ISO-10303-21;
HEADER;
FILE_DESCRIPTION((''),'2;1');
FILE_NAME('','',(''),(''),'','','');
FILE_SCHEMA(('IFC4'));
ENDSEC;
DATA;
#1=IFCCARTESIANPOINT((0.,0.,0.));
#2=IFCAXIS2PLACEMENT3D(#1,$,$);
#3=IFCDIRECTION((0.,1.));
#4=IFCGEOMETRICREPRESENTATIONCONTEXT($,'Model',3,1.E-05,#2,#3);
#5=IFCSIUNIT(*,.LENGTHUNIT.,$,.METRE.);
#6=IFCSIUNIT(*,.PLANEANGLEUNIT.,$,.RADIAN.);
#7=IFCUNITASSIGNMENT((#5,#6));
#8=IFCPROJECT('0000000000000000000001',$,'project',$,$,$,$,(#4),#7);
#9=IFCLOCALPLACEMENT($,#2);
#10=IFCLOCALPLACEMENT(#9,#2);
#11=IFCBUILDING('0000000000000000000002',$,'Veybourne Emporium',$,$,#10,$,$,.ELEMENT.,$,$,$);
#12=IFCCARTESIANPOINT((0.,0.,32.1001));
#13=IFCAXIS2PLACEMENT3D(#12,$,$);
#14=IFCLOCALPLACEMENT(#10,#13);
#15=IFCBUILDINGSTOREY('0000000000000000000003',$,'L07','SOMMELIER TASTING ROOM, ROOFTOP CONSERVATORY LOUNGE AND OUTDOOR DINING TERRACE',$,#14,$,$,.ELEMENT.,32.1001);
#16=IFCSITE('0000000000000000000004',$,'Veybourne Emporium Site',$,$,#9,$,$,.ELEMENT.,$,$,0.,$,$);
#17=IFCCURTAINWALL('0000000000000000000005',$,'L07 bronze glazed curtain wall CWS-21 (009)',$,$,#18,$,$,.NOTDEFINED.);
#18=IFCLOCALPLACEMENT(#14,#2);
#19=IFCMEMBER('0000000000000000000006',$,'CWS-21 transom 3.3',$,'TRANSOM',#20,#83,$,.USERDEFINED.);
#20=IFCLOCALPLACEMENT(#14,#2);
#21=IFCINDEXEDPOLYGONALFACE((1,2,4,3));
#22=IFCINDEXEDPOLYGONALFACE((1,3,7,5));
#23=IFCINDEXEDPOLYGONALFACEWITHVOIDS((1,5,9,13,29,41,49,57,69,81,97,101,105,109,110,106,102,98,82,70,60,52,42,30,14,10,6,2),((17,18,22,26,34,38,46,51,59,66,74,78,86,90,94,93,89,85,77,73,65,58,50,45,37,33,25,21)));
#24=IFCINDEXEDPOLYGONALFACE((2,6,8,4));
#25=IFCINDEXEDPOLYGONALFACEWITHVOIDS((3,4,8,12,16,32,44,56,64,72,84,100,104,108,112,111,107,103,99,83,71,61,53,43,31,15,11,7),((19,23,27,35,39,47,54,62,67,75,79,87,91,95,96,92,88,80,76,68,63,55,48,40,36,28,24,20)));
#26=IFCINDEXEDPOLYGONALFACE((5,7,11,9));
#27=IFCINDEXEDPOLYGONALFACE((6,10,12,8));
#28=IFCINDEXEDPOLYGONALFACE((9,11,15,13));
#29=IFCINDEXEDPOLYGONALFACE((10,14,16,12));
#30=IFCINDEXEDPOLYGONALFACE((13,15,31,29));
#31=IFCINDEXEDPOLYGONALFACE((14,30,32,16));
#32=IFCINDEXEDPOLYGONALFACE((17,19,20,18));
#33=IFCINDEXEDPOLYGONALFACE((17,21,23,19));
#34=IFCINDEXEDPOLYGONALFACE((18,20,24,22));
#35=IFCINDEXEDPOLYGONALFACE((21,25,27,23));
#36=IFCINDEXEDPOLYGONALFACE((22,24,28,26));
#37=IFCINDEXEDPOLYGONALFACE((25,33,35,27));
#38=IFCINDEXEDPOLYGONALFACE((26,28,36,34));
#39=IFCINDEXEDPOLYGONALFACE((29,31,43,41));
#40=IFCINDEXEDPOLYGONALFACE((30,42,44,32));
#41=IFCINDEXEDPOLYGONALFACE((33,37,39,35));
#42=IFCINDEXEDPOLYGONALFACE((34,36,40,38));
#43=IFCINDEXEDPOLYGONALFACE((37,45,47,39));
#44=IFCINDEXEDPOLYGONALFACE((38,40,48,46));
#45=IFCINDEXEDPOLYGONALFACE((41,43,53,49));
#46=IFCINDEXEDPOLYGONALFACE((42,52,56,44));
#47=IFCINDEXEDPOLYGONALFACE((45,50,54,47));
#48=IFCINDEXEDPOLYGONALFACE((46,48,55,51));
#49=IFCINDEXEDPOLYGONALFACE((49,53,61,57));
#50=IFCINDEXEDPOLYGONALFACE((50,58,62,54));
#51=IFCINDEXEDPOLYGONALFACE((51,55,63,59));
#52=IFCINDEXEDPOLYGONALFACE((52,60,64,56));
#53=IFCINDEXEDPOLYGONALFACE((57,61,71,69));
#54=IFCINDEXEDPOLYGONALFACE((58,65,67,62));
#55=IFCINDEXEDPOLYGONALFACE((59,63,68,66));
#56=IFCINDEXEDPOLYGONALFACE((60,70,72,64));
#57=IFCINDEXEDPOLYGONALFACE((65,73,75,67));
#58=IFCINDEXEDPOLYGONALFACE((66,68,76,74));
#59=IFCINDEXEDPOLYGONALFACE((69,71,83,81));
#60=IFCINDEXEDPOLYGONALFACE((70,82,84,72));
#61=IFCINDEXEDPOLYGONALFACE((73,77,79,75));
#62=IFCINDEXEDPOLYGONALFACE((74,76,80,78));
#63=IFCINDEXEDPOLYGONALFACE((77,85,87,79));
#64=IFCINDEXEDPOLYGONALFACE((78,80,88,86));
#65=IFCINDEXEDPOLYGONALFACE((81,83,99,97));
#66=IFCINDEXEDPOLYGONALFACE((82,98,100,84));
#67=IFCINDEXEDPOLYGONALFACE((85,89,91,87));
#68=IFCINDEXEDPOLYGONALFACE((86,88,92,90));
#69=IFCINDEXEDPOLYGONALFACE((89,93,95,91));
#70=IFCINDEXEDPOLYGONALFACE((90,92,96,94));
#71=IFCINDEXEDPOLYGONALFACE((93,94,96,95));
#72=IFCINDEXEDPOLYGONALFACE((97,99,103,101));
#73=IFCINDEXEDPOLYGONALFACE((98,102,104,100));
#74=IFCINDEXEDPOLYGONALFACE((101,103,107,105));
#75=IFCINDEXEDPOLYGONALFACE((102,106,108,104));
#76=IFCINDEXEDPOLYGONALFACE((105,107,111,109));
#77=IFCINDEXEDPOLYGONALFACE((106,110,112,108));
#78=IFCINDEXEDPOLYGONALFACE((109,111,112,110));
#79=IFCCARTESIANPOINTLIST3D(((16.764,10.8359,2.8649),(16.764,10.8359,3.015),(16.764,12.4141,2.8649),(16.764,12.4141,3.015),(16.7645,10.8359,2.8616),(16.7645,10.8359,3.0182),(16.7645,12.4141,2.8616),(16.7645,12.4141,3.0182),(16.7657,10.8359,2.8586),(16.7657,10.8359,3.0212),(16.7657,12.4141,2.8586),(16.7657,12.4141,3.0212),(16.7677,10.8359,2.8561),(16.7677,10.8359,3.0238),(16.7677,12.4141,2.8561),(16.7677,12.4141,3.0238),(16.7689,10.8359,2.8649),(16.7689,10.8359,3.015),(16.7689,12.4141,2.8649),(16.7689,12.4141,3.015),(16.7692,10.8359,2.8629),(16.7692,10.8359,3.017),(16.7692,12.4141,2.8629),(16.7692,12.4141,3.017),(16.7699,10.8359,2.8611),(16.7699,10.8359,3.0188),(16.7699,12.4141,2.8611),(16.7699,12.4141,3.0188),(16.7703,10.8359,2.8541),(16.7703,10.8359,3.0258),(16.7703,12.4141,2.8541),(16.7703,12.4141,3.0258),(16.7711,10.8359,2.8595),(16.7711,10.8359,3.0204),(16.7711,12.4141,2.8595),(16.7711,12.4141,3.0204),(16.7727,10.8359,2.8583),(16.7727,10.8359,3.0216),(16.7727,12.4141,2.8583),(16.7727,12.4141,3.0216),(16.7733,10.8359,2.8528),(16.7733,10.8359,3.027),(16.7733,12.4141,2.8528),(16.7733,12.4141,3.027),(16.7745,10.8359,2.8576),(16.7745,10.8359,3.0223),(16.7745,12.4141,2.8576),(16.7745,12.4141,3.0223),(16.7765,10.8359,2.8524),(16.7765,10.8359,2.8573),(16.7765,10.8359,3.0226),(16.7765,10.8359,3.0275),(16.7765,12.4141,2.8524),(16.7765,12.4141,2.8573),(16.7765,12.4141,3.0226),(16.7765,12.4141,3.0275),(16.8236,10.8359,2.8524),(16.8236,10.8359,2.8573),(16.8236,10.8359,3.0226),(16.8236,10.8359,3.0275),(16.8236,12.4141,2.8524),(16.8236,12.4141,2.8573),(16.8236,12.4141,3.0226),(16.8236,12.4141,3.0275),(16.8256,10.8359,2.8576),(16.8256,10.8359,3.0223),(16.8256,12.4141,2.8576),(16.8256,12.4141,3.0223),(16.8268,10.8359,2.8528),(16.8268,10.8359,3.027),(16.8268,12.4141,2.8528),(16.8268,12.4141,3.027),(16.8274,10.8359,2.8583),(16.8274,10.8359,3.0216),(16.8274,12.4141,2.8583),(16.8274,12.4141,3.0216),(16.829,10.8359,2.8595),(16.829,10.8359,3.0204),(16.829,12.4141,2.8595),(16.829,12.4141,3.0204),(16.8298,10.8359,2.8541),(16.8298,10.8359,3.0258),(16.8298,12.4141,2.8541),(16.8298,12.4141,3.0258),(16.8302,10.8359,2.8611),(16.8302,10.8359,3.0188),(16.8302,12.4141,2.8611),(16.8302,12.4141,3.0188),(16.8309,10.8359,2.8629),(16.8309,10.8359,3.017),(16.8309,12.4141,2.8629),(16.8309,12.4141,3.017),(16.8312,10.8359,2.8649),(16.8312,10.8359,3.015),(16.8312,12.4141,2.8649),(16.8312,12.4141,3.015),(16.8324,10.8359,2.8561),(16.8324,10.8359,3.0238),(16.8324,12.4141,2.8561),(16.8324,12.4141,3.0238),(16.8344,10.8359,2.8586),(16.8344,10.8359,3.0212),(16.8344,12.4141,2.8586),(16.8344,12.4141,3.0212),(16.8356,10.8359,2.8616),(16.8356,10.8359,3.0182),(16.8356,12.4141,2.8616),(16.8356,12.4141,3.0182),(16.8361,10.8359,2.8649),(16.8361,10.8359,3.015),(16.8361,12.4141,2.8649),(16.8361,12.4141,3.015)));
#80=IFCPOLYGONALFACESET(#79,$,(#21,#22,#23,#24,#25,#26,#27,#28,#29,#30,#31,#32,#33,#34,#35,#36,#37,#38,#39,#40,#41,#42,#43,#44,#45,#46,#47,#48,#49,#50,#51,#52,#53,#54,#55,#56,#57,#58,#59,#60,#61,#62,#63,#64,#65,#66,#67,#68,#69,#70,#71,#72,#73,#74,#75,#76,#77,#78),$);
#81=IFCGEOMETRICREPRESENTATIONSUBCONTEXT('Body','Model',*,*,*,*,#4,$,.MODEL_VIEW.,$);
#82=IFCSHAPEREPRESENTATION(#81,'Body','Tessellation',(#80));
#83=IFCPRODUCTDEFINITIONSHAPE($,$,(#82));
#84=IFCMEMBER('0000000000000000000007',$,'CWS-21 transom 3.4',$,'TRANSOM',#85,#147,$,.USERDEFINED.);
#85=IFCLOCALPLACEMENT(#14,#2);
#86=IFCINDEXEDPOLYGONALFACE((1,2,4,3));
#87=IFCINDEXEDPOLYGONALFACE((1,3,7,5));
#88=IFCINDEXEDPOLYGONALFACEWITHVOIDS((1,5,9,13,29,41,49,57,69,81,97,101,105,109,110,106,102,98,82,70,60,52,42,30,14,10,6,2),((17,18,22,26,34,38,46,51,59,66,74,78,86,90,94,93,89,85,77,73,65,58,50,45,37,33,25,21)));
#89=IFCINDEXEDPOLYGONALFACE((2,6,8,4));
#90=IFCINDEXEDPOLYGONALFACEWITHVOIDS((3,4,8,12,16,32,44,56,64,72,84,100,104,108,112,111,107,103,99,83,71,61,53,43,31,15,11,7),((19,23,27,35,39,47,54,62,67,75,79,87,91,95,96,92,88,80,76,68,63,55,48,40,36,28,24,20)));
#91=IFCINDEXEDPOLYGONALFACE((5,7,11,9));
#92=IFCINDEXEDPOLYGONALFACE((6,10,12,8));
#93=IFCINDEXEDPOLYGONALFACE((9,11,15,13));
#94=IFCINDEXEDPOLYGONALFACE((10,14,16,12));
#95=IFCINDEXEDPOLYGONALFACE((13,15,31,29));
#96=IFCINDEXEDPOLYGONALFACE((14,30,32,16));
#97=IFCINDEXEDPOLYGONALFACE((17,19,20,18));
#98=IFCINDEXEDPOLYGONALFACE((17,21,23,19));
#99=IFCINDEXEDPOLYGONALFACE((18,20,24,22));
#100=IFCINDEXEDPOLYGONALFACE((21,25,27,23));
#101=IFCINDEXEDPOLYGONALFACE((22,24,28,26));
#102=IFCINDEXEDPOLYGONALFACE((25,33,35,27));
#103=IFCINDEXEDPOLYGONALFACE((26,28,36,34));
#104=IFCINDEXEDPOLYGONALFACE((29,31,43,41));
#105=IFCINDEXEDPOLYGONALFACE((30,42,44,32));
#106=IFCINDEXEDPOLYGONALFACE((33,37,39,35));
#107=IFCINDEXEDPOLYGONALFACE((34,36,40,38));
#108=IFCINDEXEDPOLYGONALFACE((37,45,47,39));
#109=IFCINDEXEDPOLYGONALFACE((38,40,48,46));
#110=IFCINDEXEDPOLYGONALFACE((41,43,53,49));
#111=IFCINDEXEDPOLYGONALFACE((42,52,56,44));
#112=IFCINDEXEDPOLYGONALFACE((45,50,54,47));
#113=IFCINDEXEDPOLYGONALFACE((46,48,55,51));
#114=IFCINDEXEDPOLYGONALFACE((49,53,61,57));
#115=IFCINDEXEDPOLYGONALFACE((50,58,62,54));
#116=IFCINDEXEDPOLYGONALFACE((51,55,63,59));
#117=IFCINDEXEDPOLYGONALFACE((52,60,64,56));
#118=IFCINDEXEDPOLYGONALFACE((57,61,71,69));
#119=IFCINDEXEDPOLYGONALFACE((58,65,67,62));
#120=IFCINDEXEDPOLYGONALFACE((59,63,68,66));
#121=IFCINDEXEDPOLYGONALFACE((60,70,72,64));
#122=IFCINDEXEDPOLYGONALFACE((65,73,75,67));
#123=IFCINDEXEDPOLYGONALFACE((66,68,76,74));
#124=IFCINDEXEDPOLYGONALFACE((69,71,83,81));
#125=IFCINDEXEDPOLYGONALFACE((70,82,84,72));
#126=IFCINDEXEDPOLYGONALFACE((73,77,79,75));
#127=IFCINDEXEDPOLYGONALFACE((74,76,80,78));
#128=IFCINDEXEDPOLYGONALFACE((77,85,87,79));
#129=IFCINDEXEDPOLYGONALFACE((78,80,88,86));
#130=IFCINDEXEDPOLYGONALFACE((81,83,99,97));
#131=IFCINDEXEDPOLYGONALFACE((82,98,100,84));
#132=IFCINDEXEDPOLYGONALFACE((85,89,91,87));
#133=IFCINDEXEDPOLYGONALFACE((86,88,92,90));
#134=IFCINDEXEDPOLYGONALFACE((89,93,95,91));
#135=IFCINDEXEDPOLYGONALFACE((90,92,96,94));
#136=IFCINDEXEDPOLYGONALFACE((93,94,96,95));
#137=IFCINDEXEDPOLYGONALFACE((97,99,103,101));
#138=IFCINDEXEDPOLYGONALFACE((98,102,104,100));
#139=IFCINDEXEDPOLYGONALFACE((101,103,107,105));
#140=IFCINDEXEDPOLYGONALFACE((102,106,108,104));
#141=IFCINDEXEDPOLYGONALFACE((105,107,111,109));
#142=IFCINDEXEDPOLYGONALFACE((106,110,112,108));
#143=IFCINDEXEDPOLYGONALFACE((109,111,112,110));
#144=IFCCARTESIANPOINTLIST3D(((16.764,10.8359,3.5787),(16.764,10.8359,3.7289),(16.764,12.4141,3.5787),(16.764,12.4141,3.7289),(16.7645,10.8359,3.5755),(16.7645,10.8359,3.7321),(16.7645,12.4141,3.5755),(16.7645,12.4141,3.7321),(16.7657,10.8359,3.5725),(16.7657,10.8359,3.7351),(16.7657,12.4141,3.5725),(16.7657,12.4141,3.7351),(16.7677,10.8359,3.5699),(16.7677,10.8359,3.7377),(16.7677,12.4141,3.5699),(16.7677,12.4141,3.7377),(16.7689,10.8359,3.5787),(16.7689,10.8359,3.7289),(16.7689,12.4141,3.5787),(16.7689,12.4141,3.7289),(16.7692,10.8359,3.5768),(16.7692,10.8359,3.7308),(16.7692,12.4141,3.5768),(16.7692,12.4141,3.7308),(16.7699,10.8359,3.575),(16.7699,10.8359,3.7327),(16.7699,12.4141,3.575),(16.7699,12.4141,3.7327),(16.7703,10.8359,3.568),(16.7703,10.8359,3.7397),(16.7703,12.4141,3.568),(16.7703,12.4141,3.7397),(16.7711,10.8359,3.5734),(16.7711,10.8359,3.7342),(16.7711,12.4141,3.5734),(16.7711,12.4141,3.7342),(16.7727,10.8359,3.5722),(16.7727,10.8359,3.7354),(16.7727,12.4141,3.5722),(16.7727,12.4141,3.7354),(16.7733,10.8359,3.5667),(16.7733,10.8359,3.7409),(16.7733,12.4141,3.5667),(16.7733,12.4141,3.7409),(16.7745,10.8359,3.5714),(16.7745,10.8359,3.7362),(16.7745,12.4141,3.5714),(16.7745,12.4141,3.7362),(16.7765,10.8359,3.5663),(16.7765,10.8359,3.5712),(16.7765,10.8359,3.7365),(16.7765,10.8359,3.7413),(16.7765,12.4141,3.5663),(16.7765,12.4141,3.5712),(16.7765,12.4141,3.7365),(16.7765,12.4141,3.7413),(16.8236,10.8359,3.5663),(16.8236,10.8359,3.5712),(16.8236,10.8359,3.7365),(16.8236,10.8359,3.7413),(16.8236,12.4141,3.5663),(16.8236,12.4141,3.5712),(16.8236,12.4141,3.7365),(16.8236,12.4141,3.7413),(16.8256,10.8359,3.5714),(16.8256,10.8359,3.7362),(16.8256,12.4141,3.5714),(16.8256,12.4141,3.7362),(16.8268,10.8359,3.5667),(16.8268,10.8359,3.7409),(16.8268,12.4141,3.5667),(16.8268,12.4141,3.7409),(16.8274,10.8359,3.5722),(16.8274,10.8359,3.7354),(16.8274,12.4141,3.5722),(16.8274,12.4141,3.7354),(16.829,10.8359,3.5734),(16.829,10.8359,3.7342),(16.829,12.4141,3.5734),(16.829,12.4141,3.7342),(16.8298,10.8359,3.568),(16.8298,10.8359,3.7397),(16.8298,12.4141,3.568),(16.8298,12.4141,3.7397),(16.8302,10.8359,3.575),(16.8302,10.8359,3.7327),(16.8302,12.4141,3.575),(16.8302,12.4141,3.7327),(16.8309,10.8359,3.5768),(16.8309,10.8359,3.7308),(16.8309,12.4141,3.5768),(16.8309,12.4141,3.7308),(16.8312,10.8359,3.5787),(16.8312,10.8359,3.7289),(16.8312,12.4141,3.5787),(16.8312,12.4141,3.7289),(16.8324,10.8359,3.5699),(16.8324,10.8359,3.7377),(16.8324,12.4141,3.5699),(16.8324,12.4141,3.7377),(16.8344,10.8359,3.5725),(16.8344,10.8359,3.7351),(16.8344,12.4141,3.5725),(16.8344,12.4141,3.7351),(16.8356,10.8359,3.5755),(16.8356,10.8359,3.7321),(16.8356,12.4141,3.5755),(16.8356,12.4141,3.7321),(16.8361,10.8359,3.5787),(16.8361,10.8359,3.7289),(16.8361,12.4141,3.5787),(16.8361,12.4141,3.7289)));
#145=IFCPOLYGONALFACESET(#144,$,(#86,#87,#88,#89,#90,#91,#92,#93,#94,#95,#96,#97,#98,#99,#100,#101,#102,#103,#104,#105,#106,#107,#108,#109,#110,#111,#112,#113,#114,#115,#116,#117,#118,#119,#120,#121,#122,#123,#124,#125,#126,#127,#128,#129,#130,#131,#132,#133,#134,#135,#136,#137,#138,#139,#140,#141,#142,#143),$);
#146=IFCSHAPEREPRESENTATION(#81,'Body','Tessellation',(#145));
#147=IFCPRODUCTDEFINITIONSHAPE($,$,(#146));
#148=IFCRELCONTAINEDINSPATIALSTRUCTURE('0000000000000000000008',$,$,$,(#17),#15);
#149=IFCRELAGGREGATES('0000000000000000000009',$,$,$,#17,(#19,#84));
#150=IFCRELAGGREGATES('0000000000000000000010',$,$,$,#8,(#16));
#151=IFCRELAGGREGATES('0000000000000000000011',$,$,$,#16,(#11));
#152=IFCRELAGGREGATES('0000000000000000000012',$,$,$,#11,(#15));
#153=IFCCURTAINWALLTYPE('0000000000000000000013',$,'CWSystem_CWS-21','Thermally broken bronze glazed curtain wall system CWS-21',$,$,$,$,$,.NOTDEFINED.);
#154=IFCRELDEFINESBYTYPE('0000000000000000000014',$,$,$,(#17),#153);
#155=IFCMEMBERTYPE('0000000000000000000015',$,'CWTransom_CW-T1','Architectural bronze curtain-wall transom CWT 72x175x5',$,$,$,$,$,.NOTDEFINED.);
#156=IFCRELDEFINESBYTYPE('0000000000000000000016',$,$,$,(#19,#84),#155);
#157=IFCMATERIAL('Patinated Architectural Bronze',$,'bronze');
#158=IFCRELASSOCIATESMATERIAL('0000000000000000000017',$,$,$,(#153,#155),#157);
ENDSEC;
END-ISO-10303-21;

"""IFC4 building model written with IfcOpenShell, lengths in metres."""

from ifc_helpers import new_model, si_unit, direction, frame, origin, origin_2d, place, context, subcontext, project, spatial, hollow_rectangle, extrude, material, material_profile, profile_set, type_object, element, aggregate, save


model = new_model("IFC4")

# Units and contexts
model_context = context("Model", 3, precision=1e-05, world=origin(), true_north=direction((0.0, 1.0)))
body_context = subcontext(model_context, "Body", "Model", "MODEL_VIEW")
ifc_project = project(units=[si_unit("LENGTHUNIT", "METRE"), si_unit("PLANEANGLEUNIT", "RADIAN")], contexts=[model_context])

# Site, building, storey
site_placement = place(None, origin())
site = spatial("IfcSite", under=ifc_project, at=site_placement, Name="Veybourne Emporium Site", CompositionType="ELEMENT", RefElevation=0.0)
building_placement = place(site_placement, origin())
building = spatial("IfcBuilding", under=site, at=building_placement, Name="Veybourne Emporium", CompositionType="ELEMENT")
storey_placement = place(building_placement, frame((0.0, 0.0, 32.1001)))
storey = spatial("IfcBuildingStorey", under=building, at=storey_placement, Name="L07", Description="SOMMELIER TASTING ROOM, ROOFTOP CONSERVATORY LOUNGE AND OUTDOOR DINING TERRACE", CompositionType="ELEMENT", Elevation=32.1001)

# Curtain wall
ifc_material_1 = material(Name="Patinated Architectural Bronze", Category="bronze")
curtain_wall_type_1 = type_object("IfcCurtainWallType", Name="CWSystem_CWS-21", Description="Thermally broken bronze glazed curtain wall system CWS-21", PredefinedType="NOTDEFINED", material=ifc_material_1)
curtain_wall_1_placement = place(storey_placement, origin())
curtain_wall_1 = element("IfcCurtainWall", 1, at=curtain_wall_1_placement, inside=storey, type_object=curtain_wall_type_1, Name="L07 bronze glazed curtain wall CWS-21 (009)", PredefinedType="NOTDEFINED")

# Members
ifc_material_profile_1 = material_profile(ifc_material_1, hollow_rectangle(XDim=0.072, YDim=0.175, WallThickness=0.0049, InnerFilletRadius=0.0076, OuterFilletRadius=0.0125, at=origin_2d()), Name="CWT 72x175x5")
ifc_profile_set_1 = profile_set([ifc_material_profile_1], Name="Patinated Architectural Bronze")
member_type_1 = type_object("IfcMemberType", Name="CWTransom_CW-T1", Description="Architectural bronze curtain-wall transom CWT 72x175x5", PredefinedType="NOTDEFINED", material=ifc_profile_set_1)
member_1_placement = place(storey_placement, frame((16.8, 10.8359, 2.9399), z_axis=(0.0, 1.0, 0.0), x_axis=(-1.0, 0.0, 0.0)))
member_1 = element("IfcMember", 2, at=member_1_placement, type_object=member_type_1, Name="CWS-21 transom 3.3", ObjectType="TRANSOM", PredefinedType="USERDEFINED", context=body_context, shape_type="SweptSolid", body=[
    extrude(hollow_rectangle(XDim=0.072, YDim=0.175, WallThickness=0.0049, InnerFilletRadius=0.0076, OuterFilletRadius=0.0125, at=origin_2d()), origin(), (0.0, 0.0, 1.0), 1.5781),
])
member_2_placement = place(storey_placement, frame((16.8, 10.8359, 3.6538), z_axis=(0.0, 1.0, 0.0), x_axis=(-1.0, 0.0, 0.0)))
member_2 = element("IfcMember", 3, at=member_2_placement, type_object=member_type_1, Name="CWS-21 transom 3.4", ObjectType="TRANSOM", PredefinedType="USERDEFINED", context=body_context, shape_type="SweptSolid", body=[
    extrude(hollow_rectangle(XDim=0.072, YDim=0.175, WallThickness=0.0049, InnerFilletRadius=0.0076, OuterFilletRadius=0.0125, at=origin_2d()), origin(), (0.0, 0.0, 1.0), 1.5781),
])

aggregate(curtain_wall_1, [member_1, member_2])

save(model, "model.ifc")
